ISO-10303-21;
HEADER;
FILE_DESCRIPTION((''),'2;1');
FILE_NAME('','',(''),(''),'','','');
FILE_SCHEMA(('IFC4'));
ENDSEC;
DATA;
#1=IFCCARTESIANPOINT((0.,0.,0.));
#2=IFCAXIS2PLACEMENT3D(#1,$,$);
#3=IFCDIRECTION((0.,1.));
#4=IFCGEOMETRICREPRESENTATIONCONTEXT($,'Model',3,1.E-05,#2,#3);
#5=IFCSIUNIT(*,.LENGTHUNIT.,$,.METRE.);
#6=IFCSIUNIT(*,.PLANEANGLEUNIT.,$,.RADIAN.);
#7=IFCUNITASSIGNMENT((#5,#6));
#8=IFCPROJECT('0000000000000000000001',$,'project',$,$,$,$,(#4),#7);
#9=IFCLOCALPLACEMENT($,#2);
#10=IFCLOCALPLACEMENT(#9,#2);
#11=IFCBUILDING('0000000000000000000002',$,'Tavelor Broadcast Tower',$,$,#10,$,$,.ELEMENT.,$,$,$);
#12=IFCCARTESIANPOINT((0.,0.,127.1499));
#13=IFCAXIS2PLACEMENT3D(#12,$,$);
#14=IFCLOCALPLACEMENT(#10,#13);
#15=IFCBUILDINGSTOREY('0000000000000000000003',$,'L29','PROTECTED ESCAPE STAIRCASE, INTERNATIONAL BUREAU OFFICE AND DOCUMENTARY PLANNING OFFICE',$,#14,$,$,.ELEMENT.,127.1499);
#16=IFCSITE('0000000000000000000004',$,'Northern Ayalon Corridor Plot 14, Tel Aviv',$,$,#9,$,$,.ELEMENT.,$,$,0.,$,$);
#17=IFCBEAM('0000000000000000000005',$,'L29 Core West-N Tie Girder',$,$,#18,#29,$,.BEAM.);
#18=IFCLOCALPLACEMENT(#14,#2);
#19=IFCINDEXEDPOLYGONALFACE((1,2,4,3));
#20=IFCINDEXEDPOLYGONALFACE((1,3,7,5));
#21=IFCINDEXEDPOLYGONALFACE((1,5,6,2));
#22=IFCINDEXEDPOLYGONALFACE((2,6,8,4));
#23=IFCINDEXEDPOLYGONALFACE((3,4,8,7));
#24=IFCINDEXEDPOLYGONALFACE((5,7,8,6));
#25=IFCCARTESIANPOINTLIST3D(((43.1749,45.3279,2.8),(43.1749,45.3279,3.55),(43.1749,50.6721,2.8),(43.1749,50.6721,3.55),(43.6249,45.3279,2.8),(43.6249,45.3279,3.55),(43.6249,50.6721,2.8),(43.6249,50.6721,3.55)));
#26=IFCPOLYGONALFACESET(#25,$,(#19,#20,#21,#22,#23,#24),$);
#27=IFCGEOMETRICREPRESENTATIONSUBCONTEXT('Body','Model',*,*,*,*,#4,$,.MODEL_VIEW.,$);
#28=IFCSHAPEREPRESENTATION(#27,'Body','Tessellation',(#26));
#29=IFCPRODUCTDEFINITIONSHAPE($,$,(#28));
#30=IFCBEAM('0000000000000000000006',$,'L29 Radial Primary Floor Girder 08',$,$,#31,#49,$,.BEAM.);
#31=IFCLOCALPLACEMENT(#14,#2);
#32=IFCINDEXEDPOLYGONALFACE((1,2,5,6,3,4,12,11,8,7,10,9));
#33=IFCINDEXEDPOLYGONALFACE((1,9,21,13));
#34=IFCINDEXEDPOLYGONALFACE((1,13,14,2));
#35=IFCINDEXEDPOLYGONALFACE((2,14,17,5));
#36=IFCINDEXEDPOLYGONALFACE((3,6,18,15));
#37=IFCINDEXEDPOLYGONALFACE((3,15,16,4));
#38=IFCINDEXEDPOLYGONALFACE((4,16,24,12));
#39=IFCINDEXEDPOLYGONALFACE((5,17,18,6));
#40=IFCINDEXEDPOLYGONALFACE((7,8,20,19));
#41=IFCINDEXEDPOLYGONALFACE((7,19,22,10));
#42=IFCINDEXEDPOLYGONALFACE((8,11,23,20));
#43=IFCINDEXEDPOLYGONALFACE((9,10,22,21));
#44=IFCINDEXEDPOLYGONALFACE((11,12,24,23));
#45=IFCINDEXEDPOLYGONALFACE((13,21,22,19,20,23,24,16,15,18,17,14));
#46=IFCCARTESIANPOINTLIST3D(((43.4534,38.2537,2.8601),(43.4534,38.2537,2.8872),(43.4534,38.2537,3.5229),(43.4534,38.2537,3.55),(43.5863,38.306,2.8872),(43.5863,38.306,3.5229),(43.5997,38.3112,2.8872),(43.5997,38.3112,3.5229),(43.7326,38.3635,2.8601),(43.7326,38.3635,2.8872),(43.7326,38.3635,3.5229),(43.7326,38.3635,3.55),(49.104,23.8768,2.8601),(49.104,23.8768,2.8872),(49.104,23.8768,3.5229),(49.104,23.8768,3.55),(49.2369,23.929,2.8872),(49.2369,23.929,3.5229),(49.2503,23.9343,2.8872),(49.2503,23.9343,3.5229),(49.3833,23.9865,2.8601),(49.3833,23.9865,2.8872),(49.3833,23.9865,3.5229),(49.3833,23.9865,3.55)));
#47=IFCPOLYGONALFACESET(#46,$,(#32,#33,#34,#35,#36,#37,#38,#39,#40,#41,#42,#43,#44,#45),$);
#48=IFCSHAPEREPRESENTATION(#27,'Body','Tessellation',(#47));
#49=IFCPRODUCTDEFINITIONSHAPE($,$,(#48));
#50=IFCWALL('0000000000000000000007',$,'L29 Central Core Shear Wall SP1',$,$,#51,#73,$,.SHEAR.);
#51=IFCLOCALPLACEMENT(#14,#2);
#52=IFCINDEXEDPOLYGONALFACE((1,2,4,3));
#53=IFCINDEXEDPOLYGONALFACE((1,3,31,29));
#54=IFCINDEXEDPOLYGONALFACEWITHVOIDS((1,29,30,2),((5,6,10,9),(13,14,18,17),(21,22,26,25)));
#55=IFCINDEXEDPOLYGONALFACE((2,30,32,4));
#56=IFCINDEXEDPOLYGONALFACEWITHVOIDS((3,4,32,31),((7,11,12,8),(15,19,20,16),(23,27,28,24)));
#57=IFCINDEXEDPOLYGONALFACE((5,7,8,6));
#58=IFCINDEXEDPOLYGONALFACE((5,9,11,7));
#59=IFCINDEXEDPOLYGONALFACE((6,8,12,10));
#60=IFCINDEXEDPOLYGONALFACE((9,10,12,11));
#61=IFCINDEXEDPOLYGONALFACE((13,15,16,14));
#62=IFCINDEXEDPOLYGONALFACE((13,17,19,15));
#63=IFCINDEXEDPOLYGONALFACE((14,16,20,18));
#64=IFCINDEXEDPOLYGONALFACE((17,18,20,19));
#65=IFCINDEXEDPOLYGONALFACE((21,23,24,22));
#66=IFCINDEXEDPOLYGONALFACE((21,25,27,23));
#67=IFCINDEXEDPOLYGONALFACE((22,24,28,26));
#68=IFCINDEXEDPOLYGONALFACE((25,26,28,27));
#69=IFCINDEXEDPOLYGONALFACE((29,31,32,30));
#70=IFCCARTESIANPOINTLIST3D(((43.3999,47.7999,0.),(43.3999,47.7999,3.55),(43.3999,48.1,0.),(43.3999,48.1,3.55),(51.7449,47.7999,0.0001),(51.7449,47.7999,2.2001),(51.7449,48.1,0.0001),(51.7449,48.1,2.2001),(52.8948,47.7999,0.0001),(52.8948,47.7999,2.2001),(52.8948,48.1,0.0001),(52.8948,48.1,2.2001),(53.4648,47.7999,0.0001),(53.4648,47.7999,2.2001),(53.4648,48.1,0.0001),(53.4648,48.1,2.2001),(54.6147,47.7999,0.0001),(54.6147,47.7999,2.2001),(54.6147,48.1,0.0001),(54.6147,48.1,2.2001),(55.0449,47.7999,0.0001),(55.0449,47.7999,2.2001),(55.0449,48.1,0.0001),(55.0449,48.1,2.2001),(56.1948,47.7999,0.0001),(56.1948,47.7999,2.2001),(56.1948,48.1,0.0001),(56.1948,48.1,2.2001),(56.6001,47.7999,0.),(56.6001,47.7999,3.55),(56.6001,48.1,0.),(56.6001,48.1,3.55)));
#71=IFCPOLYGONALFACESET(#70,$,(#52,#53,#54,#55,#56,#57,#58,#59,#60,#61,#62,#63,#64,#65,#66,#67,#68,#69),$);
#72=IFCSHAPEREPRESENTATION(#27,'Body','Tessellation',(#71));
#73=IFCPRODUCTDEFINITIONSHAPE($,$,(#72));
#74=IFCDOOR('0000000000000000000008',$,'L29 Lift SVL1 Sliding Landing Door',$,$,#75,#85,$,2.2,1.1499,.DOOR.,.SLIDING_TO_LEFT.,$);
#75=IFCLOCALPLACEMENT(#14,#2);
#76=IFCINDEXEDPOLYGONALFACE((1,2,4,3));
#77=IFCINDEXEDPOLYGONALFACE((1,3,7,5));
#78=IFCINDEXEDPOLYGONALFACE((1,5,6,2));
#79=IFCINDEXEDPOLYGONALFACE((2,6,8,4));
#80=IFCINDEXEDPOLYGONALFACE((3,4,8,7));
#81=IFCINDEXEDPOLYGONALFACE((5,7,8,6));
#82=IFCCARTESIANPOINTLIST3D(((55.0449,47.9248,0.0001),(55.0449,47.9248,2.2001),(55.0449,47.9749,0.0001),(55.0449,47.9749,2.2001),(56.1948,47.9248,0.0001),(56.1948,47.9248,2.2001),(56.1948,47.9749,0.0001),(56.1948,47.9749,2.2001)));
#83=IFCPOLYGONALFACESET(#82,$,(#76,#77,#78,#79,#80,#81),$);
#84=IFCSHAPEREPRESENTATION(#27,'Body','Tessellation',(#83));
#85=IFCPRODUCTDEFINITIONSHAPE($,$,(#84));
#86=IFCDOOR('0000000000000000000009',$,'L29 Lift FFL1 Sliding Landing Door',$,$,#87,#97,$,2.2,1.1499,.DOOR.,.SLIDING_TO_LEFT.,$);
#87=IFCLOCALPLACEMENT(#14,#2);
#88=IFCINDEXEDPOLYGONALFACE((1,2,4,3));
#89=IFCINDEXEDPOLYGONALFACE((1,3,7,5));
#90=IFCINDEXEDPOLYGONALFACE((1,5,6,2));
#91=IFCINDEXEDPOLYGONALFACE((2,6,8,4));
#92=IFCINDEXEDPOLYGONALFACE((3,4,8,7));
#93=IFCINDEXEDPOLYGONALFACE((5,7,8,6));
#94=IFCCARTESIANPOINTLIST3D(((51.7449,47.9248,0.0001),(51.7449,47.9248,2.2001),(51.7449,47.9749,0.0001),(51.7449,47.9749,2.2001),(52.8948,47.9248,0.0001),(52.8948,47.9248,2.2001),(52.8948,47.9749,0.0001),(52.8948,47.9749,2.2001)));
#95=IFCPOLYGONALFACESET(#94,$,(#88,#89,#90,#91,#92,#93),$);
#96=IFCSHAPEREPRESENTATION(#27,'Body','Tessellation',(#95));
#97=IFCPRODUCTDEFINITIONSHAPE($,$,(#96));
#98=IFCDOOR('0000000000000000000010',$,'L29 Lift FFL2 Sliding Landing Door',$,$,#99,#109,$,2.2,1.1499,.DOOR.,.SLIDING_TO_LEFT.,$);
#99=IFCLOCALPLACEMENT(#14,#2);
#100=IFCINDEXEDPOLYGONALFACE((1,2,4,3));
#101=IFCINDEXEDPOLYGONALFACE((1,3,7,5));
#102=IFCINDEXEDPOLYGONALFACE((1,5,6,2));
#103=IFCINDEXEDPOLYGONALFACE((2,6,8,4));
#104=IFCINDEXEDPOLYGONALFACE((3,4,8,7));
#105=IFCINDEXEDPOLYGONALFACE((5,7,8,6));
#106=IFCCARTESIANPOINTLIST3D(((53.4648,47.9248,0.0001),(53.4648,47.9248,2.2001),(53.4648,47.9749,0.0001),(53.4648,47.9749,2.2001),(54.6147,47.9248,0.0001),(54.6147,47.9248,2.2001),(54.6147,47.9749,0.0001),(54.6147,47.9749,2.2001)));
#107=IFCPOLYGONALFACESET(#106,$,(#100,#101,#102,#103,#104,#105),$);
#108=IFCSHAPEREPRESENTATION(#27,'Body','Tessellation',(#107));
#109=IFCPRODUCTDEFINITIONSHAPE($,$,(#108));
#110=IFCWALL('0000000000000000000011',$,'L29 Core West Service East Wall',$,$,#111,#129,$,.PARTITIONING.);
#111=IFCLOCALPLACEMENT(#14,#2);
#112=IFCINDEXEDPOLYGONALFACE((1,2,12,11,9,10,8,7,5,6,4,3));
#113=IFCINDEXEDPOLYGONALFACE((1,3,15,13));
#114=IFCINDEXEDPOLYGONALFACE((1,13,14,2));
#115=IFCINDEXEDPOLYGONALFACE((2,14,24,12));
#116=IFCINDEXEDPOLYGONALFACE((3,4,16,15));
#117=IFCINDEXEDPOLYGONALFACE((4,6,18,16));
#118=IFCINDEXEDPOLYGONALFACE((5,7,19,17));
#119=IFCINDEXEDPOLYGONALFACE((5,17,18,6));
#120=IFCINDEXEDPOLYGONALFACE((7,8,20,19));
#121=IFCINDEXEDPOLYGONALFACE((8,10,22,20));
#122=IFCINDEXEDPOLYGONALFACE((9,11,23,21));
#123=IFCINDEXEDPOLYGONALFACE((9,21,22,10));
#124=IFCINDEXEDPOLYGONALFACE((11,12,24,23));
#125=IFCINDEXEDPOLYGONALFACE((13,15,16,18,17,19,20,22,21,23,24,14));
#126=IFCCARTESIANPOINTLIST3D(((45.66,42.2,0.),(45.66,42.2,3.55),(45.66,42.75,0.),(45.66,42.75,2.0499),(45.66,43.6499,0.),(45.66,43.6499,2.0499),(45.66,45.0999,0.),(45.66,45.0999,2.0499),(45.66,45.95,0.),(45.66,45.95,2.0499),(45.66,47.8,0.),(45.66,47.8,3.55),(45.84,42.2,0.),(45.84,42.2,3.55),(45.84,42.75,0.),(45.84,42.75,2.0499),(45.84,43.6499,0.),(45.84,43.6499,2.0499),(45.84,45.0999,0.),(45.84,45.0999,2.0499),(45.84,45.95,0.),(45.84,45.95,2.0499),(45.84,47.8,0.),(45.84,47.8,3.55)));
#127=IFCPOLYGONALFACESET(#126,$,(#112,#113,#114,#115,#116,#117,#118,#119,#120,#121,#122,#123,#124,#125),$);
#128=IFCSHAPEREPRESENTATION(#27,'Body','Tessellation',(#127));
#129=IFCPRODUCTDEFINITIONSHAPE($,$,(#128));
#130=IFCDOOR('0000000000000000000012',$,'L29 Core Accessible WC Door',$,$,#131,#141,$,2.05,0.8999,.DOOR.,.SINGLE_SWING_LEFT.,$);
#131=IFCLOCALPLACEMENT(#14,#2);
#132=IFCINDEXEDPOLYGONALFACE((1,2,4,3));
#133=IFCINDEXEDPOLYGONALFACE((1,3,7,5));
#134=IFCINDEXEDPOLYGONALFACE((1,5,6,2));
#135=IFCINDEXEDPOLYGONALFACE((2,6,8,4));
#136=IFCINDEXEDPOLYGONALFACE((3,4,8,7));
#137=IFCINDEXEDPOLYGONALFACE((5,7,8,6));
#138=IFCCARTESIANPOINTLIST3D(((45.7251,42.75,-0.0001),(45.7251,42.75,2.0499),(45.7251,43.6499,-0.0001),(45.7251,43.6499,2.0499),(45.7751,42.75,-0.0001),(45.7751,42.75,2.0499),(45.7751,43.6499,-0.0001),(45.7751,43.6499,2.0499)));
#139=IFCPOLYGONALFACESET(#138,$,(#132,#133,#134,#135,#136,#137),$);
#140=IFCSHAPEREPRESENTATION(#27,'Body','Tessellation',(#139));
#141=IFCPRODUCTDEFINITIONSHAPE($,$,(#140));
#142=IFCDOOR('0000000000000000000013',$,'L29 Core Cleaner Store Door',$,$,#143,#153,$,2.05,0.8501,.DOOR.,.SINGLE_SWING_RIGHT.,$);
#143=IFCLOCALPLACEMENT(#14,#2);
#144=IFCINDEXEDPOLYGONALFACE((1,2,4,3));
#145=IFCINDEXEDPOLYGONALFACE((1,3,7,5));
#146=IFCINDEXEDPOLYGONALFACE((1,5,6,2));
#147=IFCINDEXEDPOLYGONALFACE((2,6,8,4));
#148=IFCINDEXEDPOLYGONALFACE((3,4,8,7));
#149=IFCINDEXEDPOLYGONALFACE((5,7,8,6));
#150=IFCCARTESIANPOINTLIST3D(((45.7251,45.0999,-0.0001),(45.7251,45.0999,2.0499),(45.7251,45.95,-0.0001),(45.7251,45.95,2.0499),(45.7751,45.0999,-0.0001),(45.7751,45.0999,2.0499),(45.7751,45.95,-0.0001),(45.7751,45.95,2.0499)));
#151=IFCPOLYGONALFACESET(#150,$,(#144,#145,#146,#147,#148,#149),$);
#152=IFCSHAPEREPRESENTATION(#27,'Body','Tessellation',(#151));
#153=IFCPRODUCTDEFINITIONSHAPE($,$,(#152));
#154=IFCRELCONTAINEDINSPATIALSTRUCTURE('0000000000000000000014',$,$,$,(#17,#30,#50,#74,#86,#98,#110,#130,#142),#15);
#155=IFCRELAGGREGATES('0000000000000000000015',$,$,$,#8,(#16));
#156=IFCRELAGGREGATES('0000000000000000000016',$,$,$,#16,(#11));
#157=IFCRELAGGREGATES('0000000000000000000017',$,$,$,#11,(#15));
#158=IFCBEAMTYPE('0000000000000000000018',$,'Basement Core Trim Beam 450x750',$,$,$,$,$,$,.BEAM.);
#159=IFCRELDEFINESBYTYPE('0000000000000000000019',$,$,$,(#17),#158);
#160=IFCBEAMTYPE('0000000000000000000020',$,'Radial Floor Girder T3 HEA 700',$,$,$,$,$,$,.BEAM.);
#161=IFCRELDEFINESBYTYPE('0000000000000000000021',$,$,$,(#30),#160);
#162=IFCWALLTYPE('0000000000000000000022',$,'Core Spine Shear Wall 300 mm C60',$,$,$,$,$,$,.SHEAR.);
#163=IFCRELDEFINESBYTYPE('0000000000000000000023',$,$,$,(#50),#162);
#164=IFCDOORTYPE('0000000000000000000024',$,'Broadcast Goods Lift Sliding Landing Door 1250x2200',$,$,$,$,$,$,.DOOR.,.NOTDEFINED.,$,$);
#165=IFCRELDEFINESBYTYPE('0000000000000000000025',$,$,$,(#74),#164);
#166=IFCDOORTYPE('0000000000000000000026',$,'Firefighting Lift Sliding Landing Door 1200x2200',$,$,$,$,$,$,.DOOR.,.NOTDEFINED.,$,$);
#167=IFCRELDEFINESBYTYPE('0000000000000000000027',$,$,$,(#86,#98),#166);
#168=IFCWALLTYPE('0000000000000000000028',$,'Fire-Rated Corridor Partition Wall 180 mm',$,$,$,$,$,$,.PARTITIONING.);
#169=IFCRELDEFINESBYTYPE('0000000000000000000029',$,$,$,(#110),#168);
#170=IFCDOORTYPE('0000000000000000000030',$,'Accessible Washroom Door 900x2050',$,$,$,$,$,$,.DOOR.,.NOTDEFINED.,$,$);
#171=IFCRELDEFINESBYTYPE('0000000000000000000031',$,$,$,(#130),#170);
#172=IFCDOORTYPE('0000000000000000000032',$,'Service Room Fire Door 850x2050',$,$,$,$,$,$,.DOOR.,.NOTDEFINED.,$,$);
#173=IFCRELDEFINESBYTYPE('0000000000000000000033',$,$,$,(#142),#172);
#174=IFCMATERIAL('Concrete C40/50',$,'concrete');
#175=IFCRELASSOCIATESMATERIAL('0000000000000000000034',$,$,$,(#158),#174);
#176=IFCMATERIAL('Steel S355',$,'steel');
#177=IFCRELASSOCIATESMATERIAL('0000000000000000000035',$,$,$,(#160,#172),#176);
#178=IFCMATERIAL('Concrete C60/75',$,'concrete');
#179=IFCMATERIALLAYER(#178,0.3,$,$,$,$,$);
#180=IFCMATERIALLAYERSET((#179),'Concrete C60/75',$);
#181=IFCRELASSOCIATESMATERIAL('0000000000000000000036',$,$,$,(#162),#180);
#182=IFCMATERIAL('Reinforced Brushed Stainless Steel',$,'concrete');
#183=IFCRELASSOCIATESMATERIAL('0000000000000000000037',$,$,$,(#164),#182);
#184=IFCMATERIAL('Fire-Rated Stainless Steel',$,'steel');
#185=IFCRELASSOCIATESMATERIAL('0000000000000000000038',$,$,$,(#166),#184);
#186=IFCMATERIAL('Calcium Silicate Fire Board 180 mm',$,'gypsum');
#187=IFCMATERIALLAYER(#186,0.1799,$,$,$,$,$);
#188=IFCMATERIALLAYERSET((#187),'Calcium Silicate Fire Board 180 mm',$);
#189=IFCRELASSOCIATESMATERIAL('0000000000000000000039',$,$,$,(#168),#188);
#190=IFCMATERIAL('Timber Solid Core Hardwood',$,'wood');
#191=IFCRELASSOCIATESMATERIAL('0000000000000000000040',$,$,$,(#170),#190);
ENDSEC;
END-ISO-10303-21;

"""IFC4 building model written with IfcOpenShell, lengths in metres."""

from ifc_helpers import new_model, si_unit, direction, frame, frame_2d, origin, origin_2d, place, context, subcontext, project, spatial, rectangle, i_section, extrude, material, layer, layer_set, material_profile, profile_set, type_object, element, fill, save


model = new_model("IFC4")

# Units and contexts
model_context = context("Model", 3, precision=1e-05, world=origin(), true_north=direction((0.0, 1.0)))
body_context = subcontext(model_context, "Body", "Model", "MODEL_VIEW")
ifc_project = project(units=[si_unit("LENGTHUNIT", "METRE"), si_unit("PLANEANGLEUNIT", "RADIAN")], contexts=[model_context])

# Site, building, storey
site_placement = place(None, origin())
site = spatial("IfcSite", under=ifc_project, at=site_placement, Name="Northern Ayalon Corridor Plot 14, Tel Aviv", CompositionType="ELEMENT", RefElevation=0.0)
building_placement = place(site_placement, origin())
building = spatial("IfcBuilding", under=site, at=building_placement, Name="Tavelor Broadcast Tower", CompositionType="ELEMENT")
storey_placement = place(building_placement, frame((0.0, 0.0, 127.1499)))
storey = spatial("IfcBuildingStorey", under=building, at=storey_placement, Name="L29", Description="PROTECTED ESCAPE STAIRCASE, INTERNATIONAL BUREAU OFFICE AND DOCUMENTARY PLANNING OFFICE", CompositionType="ELEMENT", Elevation=127.1499)

# Beams
ifc_material_1 = material(Name="Concrete C40/50", Category="concrete")
ifc_material_profile_1 = material_profile(ifc_material_1, rectangle(XDim=0.45, YDim=0.75, at=origin_2d()), Name="RC 450x750")
ifc_profile_set_1 = profile_set([ifc_material_profile_1], Name="Concrete C40/50")
beam_type_1 = type_object("IfcBeamType", Name="Basement Core Trim Beam 450x750", PredefinedType="BEAM", material=ifc_profile_set_1)
beam_1_placement = place(storey_placement, frame((43.3999, 45.3279, 3.175), z_axis=(0.0, 1.0, 0.0), x_axis=(-1.0, 0.0, 0.0)))
element("IfcBeam", 1, at=beam_1_placement, inside=storey, type_object=beam_type_1, Name="L29 Core West-N Tie Girder", PredefinedType="BEAM", context=body_context, shape_type="SweptSolid", body=[
    extrude(rectangle(XDim=0.45, YDim=0.75, at=origin_2d()), origin(), (0.0, 0.0, 1.0), 5.3442),
])
ifc_material_2 = material(Name="Steel S355", Category="steel")
ifc_material_profile_2 = material_profile(ifc_material_2, i_section(OverallWidth=0.3, OverallDepth=0.6899, WebThickness=0.0144, FlangeThickness=0.0271, at=origin_2d()), Name="HEA 700")
ifc_profile_set_2 = profile_set([ifc_material_profile_2], Name="Steel S355")
beam_type_2 = type_object("IfcBeamType", Name="Radial Floor Girder T3 HEA 700", PredefinedType="BEAM", material=ifc_profile_set_2)
beam_2_placement = place(storey_placement, frame((43.593, 38.3086, 3.2051), z_axis=(0.365795, -0.930695, 0.0), x_axis=(0.930695, 0.365795, 0.0)))
element("IfcBeam", 2, at=beam_2_placement, inside=storey, type_object=beam_type_2, Name="L29 Radial Primary Floor Girder 08", PredefinedType="BEAM", context=body_context, shape_type="SweptSolid", body=[
    extrude(i_section(OverallWidth=0.3, OverallDepth=0.6899, WebThickness=0.0144, FlangeThickness=0.0271, at=origin_2d()), origin(), (0.0, 0.0, 1.0), 15.4475),
])

# Walls, openings, doors
ifc_material_3 = material(Name="Concrete C60/75", Category="concrete")
ifc_layer_1 = layer(ifc_material_3, 0.3)
ifc_layer_set_1 = layer_set([ifc_layer_1], Name="Concrete C60/75")
wall_type_1 = type_object("IfcWallType", Name="Core Spine Shear Wall 300 mm C60", PredefinedType="SHEAR", material=ifc_layer_set_1)
wall_1_placement = place(storey_placement, frame((43.3999, 47.95, 0.0), z_axis=(0.0, 0.0, 1.0), x_axis=(1.0, 0.0, 0.0)))
wall_1 = element("IfcWall", 3, at=wall_1_placement, inside=storey, type_object=wall_type_1, Name="L29 Central Core Shear Wall SP1", PredefinedType="SHEAR", context=body_context, shape_type="SweptSolid", body=[
    extrude(rectangle(XDim=13.2002, YDim=0.3, at=frame_2d((6.6001, 0.0))), origin(), (0.0, 0.0, 1.0), 3.55),
])
opening_1_placement = place(wall_1_placement, frame((8.345, 0.0, 0.0)))
opening_1 = element("IfcOpeningElement", 4, at=opening_1_placement, cuts=wall_1, PredefinedType="OPENING", context=body_context, shape_type="SweptSolid", body=[
    extrude(rectangle(XDim=1.1499, YDim=2.2, at=frame_2d((0.575, 1.1001))), frame((0.0, 0.1602, 0.0), z_axis=(0.0, -1.0, 0.0), x_axis=(1.0, 0.0, 0.0)), (0.0, 0.0, 1.0), 0.3201),
])
opening_2_placement = place(wall_1_placement, frame((10.0649, 0.0, 0.0)))
opening_2 = element("IfcOpeningElement", 5, at=opening_2_placement, cuts=wall_1, PredefinedType="OPENING", context=body_context, shape_type="SweptSolid", body=[
    extrude(rectangle(XDim=1.1499, YDim=2.2, at=frame_2d((0.575, 1.1001))), frame((0.0, 0.1602, 0.0), z_axis=(0.0, -1.0, 0.0), x_axis=(1.0, 0.0, 0.0)), (0.0, 0.0, 1.0), 0.3201),
])
opening_3_placement = place(wall_1_placement, frame((11.645, 0.0, 0.0)))
opening_3 = element("IfcOpeningElement", 6, at=opening_3_placement, cuts=wall_1, PredefinedType="OPENING", context=body_context, shape_type="SweptSolid", body=[
    extrude(rectangle(XDim=1.1499, YDim=2.2, at=frame_2d((0.575, 1.1001))), frame((0.0, 0.1602, 0.0), z_axis=(0.0, -1.0, 0.0), x_axis=(1.0, 0.0, 0.0)), (0.0, 0.0, 1.0), 0.3201),
])
ifc_material_4 = material(Name="Reinforced Brushed Stainless Steel", Category="concrete")
door_type_1 = type_object("IfcDoorType", Name="Broadcast Goods Lift Sliding Landing Door 1250x2200", OperationType="NOTDEFINED", PredefinedType="DOOR", material=ifc_material_4)
door_1_placement = place(opening_3_placement, origin())
door_1 = element("IfcDoor", 7, at=door_1_placement, inside=storey, type_object=door_type_1, Name="L29 Lift SVL1 Sliding Landing Door", OperationType="SLIDING_TO_LEFT", OverallHeight=2.2, OverallWidth=1.1499, PredefinedType="DOOR", context=body_context, shape_type="SweptSolid", body=[
    extrude(rectangle(XDim=1.1499, YDim=2.2, at=frame_2d((0.575, 1.1001))), frame((0.0, 0.0249, 0.0), z_axis=(0.0, -1.0, 0.0), x_axis=(1.0, 0.0, 0.0)), (0.0, 0.0, 1.0), 0.05),
])
fill(opening_3, door_1)
ifc_material_5 = material(Name="Fire-Rated Stainless Steel", Category="steel")
door_type_2 = type_object("IfcDoorType", Name="Firefighting Lift Sliding Landing Door 1200x2200", OperationType="NOTDEFINED", PredefinedType="DOOR", material=ifc_material_5)
door_2_placement = place(opening_1_placement, origin())
door_2 = element("IfcDoor", 8, at=door_2_placement, inside=storey, type_object=door_type_2, Name="L29 Lift FFL1 Sliding Landing Door", OperationType="SLIDING_TO_LEFT", OverallHeight=2.2, OverallWidth=1.1499, PredefinedType="DOOR", context=body_context, shape_type="SweptSolid", body=[
    extrude(rectangle(XDim=1.1499, YDim=2.2, at=frame_2d((0.575, 1.1001))), frame((0.0, 0.0249, 0.0), z_axis=(0.0, -1.0, 0.0), x_axis=(1.0, 0.0, 0.0)), (0.0, 0.0, 1.0), 0.05),
])
fill(opening_1, door_2)
door_3_placement = place(opening_2_placement, origin())
door_3 = element("IfcDoor", 9, at=door_3_placement, inside=storey, type_object=door_type_2, Name="L29 Lift FFL2 Sliding Landing Door", OperationType="SLIDING_TO_LEFT", OverallHeight=2.2, OverallWidth=1.1499, PredefinedType="DOOR", context=body_context, shape_type="SweptSolid", body=[
    extrude(rectangle(XDim=1.1499, YDim=2.2, at=frame_2d((0.575, 1.1001))), frame((0.0, 0.0249, 0.0), z_axis=(0.0, -1.0, 0.0), x_axis=(1.0, 0.0, 0.0)), (0.0, 0.0, 1.0), 0.05),
])
fill(opening_2, door_3)
ifc_material_6 = material(Name="Calcium Silicate Fire Board 180 mm", Category="gypsum")
ifc_layer_2 = layer(ifc_material_6, 0.1799)
ifc_layer_set_2 = layer_set([ifc_layer_2], Name="Calcium Silicate Fire Board 180 mm")
wall_type_2 = type_object("IfcWallType", Name="Fire-Rated Corridor Partition Wall 180 mm", PredefinedType="PARTITIONING", material=ifc_layer_set_2)
wall_2_placement = place(storey_placement, frame((45.75, 42.2, 0.0), z_axis=(0.0, 0.0, 1.0), x_axis=(0.0, 1.0, 0.0)))
wall_2 = element("IfcWall", 10, at=wall_2_placement, inside=storey, type_object=wall_type_2, Name="L29 Core West Service East Wall", PredefinedType="PARTITIONING", context=body_context, shape_type="SweptSolid", body=[
    extrude(rectangle(XDim=5.6001, YDim=0.1799, at=frame_2d((2.8, 0.0))), origin(), (0.0, 0.0, 1.0), 3.55),
])
opening_4_placement = place(wall_2_placement, frame((0.55, 0.0, 0.0)))
opening_4 = element("IfcOpeningElement", 11, at=opening_4_placement, cuts=wall_2, PredefinedType="OPENING", context=body_context, shape_type="SweptSolid", body=[
    extrude(rectangle(XDim=0.8999, YDim=2.05, at=frame_2d((0.45, 1.0249))), frame((0.0, 0.1001, 0.0), z_axis=(0.0, -1.0, 0.0), x_axis=(1.0, 0.0, 0.0)), (0.0, 0.0, 1.0), 0.2),
])
opening_5_placement = place(wall_2_placement, frame((2.8999, 0.0, 0.0)))
opening_5 = element("IfcOpeningElement", 12, at=opening_5_placement, cuts=wall_2, PredefinedType="OPENING", context=body_context, shape_type="SweptSolid", body=[
    extrude(rectangle(XDim=0.8501, YDim=2.05, at=frame_2d((0.425, 1.0249))), frame((0.0, 0.1001, 0.0), z_axis=(0.0, -1.0, 0.0), x_axis=(1.0, 0.0, 0.0)), (0.0, 0.0, 1.0), 0.2),
])
ifc_material_7 = material(Name="Timber Solid Core Hardwood", Category="wood")
door_type_3 = type_object("IfcDoorType", Name="Accessible Washroom Door 900x2050", OperationType="NOTDEFINED", PredefinedType="DOOR", material=ifc_material_7)
door_4_placement = place(opening_4_placement, origin())
door_4 = element("IfcDoor", 13, at=door_4_placement, inside=storey, type_object=door_type_3, Name="L29 Core Accessible WC Door", OperationType="SINGLE_SWING_LEFT", OverallHeight=2.05, OverallWidth=0.8999, PredefinedType="DOOR", context=body_context, shape_type="SweptSolid", body=[
    extrude(rectangle(XDim=0.8999, YDim=2.05, at=frame_2d((0.45, 1.0249))), frame((0.0, 0.0249, 0.0), z_axis=(0.0, -1.0, 0.0), x_axis=(1.0, 0.0, 0.0)), (0.0, 0.0, 1.0), 0.05),
])
fill(opening_4, door_4)
door_type_4 = type_object("IfcDoorType", Name="Service Room Fire Door 850x2050", OperationType="NOTDEFINED", PredefinedType="DOOR", material=ifc_material_2)
door_5_placement = place(opening_5_placement, origin())
door_5 = element("IfcDoor", 14, at=door_5_placement, inside=storey, type_object=door_type_4, Name="L29 Core Cleaner Store Door", OperationType="SINGLE_SWING_RIGHT", OverallHeight=2.05, OverallWidth=0.8501, PredefinedType="DOOR", context=body_context, shape_type="SweptSolid", body=[
    extrude(rectangle(XDim=0.8501, YDim=2.05, at=frame_2d((0.425, 1.0249))), frame((0.0, 0.0249, 0.0), z_axis=(0.0, -1.0, 0.0), x_axis=(1.0, 0.0, 0.0)), (0.0, 0.0, 1.0), 0.05),
])
fill(opening_5, door_5)

save(model, "model.ifc")
